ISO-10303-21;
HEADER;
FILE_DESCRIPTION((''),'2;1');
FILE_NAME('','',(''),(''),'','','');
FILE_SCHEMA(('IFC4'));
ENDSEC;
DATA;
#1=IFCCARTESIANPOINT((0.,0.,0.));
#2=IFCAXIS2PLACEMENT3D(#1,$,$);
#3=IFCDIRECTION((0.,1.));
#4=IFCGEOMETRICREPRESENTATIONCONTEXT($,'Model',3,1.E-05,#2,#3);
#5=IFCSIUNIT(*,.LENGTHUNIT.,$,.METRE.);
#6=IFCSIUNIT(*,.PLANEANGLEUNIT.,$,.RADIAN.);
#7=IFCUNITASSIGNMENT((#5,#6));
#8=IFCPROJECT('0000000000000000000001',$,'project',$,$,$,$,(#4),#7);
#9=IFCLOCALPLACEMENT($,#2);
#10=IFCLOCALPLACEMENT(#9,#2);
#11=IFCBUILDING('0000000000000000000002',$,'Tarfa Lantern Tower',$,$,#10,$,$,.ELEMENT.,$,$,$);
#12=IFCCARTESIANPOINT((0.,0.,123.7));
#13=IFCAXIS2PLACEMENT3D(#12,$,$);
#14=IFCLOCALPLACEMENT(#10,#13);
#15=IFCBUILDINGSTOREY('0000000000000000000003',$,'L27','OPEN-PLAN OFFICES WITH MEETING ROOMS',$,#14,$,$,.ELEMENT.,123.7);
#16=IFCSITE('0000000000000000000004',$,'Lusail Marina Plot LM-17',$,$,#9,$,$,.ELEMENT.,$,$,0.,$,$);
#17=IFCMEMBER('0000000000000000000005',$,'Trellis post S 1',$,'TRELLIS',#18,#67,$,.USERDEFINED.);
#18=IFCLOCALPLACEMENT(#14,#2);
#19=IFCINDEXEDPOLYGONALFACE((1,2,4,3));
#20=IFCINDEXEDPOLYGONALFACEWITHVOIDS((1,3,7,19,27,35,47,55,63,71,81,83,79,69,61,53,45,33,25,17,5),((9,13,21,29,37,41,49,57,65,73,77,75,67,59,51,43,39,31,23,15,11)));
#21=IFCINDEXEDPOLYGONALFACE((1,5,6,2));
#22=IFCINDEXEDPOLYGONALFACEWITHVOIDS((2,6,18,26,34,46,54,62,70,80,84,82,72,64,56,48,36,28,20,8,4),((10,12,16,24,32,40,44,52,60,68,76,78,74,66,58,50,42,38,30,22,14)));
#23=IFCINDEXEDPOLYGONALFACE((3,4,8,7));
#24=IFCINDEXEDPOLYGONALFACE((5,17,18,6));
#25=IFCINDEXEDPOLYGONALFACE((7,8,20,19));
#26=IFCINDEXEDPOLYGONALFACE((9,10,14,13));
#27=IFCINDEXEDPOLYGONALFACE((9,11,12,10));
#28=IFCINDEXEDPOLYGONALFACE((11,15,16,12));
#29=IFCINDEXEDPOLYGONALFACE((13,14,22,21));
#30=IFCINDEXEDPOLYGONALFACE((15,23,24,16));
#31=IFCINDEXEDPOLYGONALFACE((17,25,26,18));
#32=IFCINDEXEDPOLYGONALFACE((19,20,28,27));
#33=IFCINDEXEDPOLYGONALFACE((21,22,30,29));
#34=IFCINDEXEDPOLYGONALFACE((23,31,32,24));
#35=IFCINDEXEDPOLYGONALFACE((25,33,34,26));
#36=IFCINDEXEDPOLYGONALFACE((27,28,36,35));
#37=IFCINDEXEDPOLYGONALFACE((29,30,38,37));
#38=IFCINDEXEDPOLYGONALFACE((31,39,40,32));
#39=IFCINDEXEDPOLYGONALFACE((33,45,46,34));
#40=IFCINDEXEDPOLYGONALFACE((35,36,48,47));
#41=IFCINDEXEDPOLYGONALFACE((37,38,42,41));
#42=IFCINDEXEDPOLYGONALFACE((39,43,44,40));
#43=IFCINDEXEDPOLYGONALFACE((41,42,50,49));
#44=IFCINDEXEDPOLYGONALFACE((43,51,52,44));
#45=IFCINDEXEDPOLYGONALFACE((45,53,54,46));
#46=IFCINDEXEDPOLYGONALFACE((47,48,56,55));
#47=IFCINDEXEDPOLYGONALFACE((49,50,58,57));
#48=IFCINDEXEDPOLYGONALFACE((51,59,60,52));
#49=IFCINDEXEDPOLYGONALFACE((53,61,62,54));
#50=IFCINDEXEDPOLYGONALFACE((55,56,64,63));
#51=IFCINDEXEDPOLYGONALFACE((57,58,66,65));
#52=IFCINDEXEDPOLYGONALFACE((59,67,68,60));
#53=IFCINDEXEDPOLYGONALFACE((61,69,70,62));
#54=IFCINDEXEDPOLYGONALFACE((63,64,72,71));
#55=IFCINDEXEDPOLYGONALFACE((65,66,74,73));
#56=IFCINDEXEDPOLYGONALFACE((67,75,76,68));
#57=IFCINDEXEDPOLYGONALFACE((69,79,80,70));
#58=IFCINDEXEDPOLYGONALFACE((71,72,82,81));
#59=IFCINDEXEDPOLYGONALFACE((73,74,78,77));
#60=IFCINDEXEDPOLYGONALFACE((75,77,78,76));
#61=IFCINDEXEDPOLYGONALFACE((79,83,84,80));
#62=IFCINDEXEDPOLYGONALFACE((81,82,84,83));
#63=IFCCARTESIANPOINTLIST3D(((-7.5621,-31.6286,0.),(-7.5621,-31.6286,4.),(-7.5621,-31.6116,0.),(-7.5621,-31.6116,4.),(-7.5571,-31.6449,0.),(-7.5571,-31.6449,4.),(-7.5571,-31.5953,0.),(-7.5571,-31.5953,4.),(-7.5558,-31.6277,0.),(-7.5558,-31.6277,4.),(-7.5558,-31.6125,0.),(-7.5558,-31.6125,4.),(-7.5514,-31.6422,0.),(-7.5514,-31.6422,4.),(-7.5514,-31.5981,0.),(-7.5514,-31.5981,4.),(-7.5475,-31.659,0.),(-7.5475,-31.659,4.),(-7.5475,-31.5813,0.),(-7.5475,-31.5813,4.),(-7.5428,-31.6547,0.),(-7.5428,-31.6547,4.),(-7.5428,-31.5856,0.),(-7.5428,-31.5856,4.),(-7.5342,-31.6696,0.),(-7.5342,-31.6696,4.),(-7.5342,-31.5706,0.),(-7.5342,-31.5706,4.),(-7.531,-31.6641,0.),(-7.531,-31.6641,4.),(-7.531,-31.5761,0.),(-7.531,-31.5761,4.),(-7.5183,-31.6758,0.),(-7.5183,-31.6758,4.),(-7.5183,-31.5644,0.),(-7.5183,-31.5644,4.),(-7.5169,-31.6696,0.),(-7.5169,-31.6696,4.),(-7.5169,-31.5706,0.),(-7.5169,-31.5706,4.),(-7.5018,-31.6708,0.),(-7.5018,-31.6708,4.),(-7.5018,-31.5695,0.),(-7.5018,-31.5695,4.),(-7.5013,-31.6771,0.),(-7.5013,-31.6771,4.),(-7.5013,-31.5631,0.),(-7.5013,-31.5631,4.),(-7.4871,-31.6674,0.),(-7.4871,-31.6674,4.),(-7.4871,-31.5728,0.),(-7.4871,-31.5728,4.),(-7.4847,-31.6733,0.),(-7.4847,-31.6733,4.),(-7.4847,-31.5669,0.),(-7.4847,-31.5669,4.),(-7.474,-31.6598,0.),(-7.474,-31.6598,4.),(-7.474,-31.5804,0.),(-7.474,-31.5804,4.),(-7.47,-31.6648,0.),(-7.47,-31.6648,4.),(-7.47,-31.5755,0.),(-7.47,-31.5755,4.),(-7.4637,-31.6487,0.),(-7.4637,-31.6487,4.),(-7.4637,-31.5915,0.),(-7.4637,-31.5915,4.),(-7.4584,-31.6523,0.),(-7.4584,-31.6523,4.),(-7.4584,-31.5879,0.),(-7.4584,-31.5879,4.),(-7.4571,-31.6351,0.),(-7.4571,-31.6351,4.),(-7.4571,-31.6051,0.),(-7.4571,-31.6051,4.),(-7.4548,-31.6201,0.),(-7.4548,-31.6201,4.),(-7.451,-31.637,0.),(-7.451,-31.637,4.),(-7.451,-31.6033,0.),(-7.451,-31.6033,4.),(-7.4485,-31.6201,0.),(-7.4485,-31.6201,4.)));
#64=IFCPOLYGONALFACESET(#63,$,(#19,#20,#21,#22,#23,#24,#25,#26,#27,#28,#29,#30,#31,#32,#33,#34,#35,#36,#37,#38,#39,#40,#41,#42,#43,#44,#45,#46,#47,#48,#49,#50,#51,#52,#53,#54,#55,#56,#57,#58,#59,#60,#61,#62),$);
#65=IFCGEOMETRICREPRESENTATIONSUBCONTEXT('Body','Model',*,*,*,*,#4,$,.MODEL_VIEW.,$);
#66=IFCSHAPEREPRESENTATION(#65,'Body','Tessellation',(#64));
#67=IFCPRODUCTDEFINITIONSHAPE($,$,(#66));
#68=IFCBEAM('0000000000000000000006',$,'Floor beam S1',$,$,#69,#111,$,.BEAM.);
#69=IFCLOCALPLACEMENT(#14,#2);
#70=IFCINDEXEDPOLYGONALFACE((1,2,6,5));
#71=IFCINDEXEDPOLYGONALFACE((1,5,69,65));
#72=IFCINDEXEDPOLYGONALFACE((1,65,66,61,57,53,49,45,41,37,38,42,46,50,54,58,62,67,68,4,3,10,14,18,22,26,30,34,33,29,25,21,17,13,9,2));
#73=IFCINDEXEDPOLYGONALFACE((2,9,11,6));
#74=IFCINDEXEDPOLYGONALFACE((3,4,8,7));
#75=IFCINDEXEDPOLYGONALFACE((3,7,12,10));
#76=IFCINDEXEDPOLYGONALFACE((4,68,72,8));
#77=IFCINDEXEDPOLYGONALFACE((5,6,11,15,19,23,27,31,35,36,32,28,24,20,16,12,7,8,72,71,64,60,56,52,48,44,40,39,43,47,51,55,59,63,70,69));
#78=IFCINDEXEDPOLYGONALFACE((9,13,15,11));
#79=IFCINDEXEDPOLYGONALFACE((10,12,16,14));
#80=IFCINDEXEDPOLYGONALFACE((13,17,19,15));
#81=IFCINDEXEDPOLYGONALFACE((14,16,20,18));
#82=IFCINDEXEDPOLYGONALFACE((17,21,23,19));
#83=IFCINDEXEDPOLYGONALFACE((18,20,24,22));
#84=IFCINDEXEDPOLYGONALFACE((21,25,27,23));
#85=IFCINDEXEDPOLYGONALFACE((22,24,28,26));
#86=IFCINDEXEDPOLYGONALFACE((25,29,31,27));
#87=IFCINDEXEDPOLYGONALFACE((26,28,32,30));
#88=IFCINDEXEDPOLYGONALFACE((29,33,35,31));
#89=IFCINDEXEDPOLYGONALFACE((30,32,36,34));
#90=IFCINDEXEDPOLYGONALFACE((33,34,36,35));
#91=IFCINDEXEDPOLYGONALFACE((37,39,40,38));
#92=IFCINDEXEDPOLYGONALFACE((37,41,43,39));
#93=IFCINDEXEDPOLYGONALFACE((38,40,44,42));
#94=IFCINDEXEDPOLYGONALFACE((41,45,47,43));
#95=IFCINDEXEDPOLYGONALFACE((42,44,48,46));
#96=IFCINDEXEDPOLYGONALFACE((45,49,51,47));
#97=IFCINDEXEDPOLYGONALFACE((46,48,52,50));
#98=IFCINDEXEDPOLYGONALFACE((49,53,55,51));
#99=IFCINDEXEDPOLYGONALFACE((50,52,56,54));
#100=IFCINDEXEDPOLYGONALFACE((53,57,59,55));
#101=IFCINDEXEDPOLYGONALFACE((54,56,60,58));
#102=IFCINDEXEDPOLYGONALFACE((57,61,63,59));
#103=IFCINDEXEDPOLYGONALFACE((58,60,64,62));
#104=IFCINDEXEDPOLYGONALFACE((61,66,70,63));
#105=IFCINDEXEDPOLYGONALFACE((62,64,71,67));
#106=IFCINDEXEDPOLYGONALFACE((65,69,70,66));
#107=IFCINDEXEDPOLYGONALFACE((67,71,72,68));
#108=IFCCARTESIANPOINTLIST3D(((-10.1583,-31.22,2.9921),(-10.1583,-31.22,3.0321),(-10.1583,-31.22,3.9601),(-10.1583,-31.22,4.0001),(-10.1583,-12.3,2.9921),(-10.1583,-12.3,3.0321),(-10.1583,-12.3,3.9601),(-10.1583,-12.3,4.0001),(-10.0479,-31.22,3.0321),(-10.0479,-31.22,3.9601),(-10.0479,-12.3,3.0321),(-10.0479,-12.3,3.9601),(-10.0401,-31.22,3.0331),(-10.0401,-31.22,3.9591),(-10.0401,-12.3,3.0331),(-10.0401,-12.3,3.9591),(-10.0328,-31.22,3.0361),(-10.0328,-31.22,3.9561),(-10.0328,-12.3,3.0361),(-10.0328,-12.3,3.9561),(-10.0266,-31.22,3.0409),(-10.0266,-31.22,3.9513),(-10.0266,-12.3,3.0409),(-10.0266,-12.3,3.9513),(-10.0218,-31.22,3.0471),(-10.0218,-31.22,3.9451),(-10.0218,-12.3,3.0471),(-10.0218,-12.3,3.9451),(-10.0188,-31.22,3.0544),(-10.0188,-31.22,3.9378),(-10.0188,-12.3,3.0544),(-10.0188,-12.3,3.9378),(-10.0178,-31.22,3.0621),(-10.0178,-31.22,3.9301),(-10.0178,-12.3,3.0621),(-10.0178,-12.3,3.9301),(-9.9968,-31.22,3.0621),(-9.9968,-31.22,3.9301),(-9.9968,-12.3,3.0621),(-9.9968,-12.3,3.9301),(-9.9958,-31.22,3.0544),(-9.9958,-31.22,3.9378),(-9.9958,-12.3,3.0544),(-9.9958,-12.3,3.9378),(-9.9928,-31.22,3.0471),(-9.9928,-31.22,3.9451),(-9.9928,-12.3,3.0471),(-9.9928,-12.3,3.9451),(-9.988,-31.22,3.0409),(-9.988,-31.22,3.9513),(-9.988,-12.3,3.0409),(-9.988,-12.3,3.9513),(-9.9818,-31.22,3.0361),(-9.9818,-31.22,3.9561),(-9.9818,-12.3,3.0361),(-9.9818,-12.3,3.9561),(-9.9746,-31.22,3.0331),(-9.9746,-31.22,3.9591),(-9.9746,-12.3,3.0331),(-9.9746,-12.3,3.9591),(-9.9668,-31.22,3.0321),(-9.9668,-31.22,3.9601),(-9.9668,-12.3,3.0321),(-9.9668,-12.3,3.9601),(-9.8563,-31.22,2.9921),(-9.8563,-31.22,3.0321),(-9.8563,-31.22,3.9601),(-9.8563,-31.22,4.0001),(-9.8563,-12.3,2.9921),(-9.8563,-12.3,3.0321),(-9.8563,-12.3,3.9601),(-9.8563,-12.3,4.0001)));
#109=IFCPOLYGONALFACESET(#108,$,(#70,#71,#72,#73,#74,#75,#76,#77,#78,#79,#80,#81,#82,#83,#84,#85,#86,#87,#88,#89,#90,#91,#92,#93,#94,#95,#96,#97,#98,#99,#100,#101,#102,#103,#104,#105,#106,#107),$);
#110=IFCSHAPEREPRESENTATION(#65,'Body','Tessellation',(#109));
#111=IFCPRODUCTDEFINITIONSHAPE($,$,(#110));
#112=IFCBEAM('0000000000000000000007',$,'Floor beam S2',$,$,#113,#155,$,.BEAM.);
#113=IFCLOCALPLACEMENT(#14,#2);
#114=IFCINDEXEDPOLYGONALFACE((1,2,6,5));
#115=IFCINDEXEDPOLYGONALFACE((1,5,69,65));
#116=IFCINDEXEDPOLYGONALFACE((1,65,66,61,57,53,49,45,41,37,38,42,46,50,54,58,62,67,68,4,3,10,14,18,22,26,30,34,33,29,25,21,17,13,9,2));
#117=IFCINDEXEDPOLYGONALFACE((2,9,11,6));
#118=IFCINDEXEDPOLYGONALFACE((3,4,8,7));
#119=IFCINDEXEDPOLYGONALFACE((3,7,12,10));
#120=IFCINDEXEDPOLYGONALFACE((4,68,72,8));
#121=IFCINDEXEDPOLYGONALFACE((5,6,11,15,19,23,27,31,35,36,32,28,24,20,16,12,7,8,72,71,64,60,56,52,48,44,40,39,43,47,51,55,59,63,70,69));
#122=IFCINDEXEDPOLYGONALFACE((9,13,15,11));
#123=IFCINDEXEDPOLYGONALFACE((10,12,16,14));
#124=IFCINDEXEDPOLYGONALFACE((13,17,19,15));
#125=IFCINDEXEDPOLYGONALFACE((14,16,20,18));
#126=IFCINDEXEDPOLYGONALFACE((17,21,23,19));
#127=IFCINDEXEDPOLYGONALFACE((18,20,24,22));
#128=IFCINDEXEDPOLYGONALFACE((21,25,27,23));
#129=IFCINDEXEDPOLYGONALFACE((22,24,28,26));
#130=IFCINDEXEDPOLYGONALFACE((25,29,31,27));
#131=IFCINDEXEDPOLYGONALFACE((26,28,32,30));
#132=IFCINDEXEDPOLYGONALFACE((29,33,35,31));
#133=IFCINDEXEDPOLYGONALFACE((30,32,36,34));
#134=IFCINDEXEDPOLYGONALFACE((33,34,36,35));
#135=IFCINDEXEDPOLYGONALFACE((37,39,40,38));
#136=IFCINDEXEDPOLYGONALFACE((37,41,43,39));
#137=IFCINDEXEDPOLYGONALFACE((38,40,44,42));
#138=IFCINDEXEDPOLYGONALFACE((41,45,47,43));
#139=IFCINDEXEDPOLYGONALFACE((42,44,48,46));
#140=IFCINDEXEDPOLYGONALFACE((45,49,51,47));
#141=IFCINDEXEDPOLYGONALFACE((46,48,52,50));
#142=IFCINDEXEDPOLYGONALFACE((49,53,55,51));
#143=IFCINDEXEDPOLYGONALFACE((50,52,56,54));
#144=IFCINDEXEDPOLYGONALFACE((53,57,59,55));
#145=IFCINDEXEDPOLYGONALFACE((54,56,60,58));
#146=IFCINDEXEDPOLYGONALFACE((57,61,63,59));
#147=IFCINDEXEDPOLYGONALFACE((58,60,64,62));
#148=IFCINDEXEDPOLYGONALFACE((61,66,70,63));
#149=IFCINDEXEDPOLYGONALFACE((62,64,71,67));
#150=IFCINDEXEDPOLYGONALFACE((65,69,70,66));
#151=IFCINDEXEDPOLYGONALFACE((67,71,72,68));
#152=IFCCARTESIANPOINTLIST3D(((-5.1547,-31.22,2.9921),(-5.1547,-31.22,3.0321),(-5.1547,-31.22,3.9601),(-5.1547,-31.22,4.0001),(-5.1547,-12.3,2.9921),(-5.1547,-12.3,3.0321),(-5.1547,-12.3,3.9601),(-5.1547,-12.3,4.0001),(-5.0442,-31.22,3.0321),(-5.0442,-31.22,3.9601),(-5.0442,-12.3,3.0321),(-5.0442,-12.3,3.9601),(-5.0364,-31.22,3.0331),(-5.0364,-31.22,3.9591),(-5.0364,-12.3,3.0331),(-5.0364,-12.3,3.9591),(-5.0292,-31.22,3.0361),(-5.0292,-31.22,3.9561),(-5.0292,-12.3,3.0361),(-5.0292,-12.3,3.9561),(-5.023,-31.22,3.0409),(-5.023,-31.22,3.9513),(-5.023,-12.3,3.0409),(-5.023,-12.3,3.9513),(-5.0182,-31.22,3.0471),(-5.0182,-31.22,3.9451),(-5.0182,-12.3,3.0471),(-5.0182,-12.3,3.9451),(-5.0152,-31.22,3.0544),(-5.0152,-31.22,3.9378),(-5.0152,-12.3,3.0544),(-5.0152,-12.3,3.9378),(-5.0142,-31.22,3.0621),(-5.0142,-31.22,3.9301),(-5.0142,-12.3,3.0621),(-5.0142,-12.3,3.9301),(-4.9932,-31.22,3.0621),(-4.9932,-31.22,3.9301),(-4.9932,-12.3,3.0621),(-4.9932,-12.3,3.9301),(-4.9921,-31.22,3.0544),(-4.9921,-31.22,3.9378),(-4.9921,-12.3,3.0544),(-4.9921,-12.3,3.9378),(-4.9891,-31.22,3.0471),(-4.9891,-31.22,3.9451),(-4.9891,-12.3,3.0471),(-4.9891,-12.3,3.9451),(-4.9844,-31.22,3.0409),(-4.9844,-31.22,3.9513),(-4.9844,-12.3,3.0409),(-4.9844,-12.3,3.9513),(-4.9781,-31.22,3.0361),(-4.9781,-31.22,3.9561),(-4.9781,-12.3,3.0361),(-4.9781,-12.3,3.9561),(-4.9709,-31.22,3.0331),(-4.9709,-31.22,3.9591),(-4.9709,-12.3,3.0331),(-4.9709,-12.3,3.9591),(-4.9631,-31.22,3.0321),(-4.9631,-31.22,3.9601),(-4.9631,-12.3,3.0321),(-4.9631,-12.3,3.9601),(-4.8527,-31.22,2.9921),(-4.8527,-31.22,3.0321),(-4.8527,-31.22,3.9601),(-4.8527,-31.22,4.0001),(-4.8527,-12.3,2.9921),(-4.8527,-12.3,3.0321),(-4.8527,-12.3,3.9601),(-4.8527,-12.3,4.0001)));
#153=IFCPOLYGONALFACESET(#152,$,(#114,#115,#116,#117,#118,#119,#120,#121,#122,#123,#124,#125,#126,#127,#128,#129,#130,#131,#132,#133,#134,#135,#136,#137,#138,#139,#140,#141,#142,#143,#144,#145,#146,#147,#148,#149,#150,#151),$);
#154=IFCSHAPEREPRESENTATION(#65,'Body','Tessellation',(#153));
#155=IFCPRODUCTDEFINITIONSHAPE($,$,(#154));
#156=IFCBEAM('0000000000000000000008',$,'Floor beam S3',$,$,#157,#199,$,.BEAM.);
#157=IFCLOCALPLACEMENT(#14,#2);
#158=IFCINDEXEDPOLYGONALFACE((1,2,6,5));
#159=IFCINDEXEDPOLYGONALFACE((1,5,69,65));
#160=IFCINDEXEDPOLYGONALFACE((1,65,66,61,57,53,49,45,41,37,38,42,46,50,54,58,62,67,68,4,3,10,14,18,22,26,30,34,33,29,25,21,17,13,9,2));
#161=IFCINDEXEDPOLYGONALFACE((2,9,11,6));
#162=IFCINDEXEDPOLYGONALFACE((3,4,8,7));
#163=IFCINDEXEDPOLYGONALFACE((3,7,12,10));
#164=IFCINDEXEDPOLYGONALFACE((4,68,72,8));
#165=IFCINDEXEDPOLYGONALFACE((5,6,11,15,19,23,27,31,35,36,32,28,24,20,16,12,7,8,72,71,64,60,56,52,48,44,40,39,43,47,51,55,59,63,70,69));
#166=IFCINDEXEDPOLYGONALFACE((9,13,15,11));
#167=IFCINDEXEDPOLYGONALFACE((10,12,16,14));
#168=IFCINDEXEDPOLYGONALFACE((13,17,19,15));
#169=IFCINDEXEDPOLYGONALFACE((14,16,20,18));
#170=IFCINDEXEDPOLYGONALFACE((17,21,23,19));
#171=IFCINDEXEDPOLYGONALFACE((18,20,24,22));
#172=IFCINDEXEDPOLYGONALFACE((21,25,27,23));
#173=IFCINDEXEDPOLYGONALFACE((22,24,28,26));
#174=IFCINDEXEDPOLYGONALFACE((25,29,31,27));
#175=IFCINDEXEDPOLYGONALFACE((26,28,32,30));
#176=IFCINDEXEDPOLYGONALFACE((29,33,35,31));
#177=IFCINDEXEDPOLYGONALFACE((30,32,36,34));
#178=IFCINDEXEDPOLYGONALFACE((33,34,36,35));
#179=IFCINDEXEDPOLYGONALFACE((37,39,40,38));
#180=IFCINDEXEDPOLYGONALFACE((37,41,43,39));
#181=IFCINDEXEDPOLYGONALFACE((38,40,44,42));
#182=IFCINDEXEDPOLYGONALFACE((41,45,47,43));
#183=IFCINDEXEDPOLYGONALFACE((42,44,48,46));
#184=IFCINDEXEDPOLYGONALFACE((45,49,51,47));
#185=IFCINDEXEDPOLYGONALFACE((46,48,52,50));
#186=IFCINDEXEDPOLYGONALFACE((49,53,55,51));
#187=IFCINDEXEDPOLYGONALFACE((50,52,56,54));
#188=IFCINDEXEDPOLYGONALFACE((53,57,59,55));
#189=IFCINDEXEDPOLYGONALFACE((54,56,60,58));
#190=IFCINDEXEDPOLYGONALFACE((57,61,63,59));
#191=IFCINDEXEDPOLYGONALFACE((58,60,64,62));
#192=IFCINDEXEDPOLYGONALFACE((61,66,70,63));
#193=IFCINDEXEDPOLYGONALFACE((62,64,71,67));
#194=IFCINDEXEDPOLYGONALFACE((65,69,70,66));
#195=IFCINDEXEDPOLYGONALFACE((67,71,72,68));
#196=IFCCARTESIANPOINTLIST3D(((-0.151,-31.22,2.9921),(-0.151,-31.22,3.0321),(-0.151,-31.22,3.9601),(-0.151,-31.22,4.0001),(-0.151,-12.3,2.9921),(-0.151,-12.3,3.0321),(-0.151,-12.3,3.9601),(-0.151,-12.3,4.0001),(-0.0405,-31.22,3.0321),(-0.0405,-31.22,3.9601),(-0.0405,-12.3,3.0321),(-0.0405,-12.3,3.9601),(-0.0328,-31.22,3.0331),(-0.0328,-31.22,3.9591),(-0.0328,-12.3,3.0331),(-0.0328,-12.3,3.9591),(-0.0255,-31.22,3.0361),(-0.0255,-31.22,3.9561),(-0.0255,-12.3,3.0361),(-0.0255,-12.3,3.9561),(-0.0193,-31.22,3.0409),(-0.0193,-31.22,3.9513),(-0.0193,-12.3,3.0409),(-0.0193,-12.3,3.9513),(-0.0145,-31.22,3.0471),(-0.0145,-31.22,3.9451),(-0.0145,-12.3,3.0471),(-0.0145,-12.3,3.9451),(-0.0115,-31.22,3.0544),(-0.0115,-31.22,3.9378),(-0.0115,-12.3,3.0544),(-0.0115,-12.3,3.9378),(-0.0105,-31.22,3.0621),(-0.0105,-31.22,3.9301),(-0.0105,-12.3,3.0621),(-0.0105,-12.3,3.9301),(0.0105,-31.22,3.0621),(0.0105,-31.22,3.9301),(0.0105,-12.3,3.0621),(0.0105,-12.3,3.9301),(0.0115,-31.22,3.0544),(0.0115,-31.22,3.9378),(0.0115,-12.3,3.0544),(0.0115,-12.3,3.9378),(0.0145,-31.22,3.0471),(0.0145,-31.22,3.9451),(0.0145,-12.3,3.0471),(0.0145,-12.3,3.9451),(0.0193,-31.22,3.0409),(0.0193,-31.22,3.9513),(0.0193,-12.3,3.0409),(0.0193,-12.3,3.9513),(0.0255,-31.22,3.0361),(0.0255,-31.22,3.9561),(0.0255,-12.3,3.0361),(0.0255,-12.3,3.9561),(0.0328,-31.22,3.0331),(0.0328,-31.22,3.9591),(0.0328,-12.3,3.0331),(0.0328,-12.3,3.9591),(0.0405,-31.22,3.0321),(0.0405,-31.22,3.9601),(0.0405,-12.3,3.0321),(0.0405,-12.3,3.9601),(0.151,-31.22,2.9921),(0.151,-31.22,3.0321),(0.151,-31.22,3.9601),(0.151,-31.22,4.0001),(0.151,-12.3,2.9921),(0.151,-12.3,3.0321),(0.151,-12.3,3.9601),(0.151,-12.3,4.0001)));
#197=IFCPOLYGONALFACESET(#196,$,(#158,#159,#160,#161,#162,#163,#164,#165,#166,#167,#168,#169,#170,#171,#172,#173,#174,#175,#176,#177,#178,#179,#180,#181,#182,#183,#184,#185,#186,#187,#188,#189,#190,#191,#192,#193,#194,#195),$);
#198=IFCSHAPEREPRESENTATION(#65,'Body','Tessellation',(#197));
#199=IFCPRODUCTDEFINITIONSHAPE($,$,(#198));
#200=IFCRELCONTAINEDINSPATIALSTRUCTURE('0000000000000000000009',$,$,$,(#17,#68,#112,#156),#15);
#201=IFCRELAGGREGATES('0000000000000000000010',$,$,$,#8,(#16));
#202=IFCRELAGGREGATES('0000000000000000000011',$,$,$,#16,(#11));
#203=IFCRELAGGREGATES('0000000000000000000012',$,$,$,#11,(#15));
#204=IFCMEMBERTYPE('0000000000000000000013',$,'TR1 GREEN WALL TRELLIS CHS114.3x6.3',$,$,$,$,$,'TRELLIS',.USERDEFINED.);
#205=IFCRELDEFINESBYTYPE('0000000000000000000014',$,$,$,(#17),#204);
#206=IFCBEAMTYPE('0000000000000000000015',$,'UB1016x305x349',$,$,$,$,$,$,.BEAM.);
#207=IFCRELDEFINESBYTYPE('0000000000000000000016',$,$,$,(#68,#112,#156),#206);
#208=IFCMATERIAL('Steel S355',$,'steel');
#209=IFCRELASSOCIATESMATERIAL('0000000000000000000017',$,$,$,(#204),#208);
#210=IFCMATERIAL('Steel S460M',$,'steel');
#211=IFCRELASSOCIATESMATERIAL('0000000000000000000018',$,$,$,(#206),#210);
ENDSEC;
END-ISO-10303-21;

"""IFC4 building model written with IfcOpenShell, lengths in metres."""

from ifc_helpers import new_model, si_unit, direction, frame, origin, origin_2d, place, context, subcontext, project, spatial, hollow_circle, i_section, extrude, material, material_profile, profile_set, type_object, element, save


model = new_model("IFC4")

# Units and contexts
model_context = context("Model", 3, precision=1e-05, world=origin(), true_north=direction((0.0, 1.0)))
body_context = subcontext(model_context, "Body", "Model", "MODEL_VIEW")
ifc_project = project(units=[si_unit("LENGTHUNIT", "METRE"), si_unit("PLANEANGLEUNIT", "RADIAN")], contexts=[model_context])

# Site, building, storey
site_placement = place(None, origin())
site = spatial("IfcSite", under=ifc_project, at=site_placement, Name="Lusail Marina Plot LM-17", CompositionType="ELEMENT", RefElevation=0.0)
building_placement = place(site_placement, origin())
building = spatial("IfcBuilding", under=site, at=building_placement, Name="Tarfa Lantern Tower", CompositionType="ELEMENT")
storey_placement = place(building_placement, frame((0.0, 0.0, 123.7)))
storey = spatial("IfcBuildingStorey", under=building, at=storey_placement, Name="L27", Description="OPEN-PLAN OFFICES WITH MEETING ROOMS", CompositionType="ELEMENT", Elevation=123.7)

# Member
ifc_material_1 = material(Name="Steel S355", Category="steel")
ifc_material_profile_1 = material_profile(ifc_material_1, hollow_circle(Radius=0.0571, WallThickness=0.0063, at=origin_2d()), Name="CHS114.3x6.3")
ifc_profile_set_1 = profile_set([ifc_material_profile_1], Name="Steel S355")
member_type_1 = type_object("IfcMemberType", Name="TR1 GREEN WALL TRELLIS CHS114.3x6.3", ElementType="TRELLIS", PredefinedType="USERDEFINED", material=ifc_profile_set_1)
member_1_placement = place(storey_placement, frame((-7.5056, -31.6201, 0.0), z_axis=(0.0, 0.0, 1.0), x_axis=(1.0, 0.0, 0.0)))
element("IfcMember", 1, at=member_1_placement, inside=storey, type_object=member_type_1, Name="Trellis post S 1", ObjectType="TRELLIS", PredefinedType="USERDEFINED", context=body_context, shape_type="SweptSolid", body=[
    extrude(hollow_circle(Radius=0.0571, WallThickness=0.0063, at=origin_2d()), origin(), (0.0, 0.0, 1.0), 4.0),
])

# Beams
ifc_material_2 = material(Name="Steel S460M", Category="steel")
ifc_material_profile_2 = material_profile(ifc_material_2, i_section(OverallWidth=0.302, OverallDepth=1.0081, WebThickness=0.021, FlangeThickness=0.04, FilletRadius=0.03, at=origin_2d()), Name="UB1016x305x349")
ifc_profile_set_2 = profile_set([ifc_material_profile_2], Name="Steel S460M")
beam_type_1 = type_object("IfcBeamType", Name="UB1016x305x349", PredefinedType="BEAM", material=ifc_profile_set_2)
for number, where, z_axis, x_axis, name in (
    (2, (-10.0073, -31.22, 3.4961), (0.0, 1.0, 0.0), (-1.0, 0.0, 0.0), "Floor beam S1"),
    (3, (-5.0037, -31.22, 3.4961), (0.0, 1.0, 0.0), (-1.0, 0.0, 0.0), "Floor beam S2"),
    (4, (0.0, -31.22, 3.4961), (0.0, 1.0, 0.0), (-1.0, 0.0, 0.0), "Floor beam S3"),
):
    element("IfcBeam", number, at=place(storey_placement, frame(where, z_axis=z_axis, x_axis=x_axis)), inside=storey, type_object=beam_type_1, Name=name, PredefinedType="BEAM", context=body_context, shape_type="SweptSolid", body=[
        extrude(i_section(OverallWidth=0.302, OverallDepth=1.0081, WebThickness=0.021, FlangeThickness=0.04, FilletRadius=0.03, at=origin_2d()), origin(), (0.0, 0.0, 1.0), 18.9199),
    ])

save(model, "model.ifc")
